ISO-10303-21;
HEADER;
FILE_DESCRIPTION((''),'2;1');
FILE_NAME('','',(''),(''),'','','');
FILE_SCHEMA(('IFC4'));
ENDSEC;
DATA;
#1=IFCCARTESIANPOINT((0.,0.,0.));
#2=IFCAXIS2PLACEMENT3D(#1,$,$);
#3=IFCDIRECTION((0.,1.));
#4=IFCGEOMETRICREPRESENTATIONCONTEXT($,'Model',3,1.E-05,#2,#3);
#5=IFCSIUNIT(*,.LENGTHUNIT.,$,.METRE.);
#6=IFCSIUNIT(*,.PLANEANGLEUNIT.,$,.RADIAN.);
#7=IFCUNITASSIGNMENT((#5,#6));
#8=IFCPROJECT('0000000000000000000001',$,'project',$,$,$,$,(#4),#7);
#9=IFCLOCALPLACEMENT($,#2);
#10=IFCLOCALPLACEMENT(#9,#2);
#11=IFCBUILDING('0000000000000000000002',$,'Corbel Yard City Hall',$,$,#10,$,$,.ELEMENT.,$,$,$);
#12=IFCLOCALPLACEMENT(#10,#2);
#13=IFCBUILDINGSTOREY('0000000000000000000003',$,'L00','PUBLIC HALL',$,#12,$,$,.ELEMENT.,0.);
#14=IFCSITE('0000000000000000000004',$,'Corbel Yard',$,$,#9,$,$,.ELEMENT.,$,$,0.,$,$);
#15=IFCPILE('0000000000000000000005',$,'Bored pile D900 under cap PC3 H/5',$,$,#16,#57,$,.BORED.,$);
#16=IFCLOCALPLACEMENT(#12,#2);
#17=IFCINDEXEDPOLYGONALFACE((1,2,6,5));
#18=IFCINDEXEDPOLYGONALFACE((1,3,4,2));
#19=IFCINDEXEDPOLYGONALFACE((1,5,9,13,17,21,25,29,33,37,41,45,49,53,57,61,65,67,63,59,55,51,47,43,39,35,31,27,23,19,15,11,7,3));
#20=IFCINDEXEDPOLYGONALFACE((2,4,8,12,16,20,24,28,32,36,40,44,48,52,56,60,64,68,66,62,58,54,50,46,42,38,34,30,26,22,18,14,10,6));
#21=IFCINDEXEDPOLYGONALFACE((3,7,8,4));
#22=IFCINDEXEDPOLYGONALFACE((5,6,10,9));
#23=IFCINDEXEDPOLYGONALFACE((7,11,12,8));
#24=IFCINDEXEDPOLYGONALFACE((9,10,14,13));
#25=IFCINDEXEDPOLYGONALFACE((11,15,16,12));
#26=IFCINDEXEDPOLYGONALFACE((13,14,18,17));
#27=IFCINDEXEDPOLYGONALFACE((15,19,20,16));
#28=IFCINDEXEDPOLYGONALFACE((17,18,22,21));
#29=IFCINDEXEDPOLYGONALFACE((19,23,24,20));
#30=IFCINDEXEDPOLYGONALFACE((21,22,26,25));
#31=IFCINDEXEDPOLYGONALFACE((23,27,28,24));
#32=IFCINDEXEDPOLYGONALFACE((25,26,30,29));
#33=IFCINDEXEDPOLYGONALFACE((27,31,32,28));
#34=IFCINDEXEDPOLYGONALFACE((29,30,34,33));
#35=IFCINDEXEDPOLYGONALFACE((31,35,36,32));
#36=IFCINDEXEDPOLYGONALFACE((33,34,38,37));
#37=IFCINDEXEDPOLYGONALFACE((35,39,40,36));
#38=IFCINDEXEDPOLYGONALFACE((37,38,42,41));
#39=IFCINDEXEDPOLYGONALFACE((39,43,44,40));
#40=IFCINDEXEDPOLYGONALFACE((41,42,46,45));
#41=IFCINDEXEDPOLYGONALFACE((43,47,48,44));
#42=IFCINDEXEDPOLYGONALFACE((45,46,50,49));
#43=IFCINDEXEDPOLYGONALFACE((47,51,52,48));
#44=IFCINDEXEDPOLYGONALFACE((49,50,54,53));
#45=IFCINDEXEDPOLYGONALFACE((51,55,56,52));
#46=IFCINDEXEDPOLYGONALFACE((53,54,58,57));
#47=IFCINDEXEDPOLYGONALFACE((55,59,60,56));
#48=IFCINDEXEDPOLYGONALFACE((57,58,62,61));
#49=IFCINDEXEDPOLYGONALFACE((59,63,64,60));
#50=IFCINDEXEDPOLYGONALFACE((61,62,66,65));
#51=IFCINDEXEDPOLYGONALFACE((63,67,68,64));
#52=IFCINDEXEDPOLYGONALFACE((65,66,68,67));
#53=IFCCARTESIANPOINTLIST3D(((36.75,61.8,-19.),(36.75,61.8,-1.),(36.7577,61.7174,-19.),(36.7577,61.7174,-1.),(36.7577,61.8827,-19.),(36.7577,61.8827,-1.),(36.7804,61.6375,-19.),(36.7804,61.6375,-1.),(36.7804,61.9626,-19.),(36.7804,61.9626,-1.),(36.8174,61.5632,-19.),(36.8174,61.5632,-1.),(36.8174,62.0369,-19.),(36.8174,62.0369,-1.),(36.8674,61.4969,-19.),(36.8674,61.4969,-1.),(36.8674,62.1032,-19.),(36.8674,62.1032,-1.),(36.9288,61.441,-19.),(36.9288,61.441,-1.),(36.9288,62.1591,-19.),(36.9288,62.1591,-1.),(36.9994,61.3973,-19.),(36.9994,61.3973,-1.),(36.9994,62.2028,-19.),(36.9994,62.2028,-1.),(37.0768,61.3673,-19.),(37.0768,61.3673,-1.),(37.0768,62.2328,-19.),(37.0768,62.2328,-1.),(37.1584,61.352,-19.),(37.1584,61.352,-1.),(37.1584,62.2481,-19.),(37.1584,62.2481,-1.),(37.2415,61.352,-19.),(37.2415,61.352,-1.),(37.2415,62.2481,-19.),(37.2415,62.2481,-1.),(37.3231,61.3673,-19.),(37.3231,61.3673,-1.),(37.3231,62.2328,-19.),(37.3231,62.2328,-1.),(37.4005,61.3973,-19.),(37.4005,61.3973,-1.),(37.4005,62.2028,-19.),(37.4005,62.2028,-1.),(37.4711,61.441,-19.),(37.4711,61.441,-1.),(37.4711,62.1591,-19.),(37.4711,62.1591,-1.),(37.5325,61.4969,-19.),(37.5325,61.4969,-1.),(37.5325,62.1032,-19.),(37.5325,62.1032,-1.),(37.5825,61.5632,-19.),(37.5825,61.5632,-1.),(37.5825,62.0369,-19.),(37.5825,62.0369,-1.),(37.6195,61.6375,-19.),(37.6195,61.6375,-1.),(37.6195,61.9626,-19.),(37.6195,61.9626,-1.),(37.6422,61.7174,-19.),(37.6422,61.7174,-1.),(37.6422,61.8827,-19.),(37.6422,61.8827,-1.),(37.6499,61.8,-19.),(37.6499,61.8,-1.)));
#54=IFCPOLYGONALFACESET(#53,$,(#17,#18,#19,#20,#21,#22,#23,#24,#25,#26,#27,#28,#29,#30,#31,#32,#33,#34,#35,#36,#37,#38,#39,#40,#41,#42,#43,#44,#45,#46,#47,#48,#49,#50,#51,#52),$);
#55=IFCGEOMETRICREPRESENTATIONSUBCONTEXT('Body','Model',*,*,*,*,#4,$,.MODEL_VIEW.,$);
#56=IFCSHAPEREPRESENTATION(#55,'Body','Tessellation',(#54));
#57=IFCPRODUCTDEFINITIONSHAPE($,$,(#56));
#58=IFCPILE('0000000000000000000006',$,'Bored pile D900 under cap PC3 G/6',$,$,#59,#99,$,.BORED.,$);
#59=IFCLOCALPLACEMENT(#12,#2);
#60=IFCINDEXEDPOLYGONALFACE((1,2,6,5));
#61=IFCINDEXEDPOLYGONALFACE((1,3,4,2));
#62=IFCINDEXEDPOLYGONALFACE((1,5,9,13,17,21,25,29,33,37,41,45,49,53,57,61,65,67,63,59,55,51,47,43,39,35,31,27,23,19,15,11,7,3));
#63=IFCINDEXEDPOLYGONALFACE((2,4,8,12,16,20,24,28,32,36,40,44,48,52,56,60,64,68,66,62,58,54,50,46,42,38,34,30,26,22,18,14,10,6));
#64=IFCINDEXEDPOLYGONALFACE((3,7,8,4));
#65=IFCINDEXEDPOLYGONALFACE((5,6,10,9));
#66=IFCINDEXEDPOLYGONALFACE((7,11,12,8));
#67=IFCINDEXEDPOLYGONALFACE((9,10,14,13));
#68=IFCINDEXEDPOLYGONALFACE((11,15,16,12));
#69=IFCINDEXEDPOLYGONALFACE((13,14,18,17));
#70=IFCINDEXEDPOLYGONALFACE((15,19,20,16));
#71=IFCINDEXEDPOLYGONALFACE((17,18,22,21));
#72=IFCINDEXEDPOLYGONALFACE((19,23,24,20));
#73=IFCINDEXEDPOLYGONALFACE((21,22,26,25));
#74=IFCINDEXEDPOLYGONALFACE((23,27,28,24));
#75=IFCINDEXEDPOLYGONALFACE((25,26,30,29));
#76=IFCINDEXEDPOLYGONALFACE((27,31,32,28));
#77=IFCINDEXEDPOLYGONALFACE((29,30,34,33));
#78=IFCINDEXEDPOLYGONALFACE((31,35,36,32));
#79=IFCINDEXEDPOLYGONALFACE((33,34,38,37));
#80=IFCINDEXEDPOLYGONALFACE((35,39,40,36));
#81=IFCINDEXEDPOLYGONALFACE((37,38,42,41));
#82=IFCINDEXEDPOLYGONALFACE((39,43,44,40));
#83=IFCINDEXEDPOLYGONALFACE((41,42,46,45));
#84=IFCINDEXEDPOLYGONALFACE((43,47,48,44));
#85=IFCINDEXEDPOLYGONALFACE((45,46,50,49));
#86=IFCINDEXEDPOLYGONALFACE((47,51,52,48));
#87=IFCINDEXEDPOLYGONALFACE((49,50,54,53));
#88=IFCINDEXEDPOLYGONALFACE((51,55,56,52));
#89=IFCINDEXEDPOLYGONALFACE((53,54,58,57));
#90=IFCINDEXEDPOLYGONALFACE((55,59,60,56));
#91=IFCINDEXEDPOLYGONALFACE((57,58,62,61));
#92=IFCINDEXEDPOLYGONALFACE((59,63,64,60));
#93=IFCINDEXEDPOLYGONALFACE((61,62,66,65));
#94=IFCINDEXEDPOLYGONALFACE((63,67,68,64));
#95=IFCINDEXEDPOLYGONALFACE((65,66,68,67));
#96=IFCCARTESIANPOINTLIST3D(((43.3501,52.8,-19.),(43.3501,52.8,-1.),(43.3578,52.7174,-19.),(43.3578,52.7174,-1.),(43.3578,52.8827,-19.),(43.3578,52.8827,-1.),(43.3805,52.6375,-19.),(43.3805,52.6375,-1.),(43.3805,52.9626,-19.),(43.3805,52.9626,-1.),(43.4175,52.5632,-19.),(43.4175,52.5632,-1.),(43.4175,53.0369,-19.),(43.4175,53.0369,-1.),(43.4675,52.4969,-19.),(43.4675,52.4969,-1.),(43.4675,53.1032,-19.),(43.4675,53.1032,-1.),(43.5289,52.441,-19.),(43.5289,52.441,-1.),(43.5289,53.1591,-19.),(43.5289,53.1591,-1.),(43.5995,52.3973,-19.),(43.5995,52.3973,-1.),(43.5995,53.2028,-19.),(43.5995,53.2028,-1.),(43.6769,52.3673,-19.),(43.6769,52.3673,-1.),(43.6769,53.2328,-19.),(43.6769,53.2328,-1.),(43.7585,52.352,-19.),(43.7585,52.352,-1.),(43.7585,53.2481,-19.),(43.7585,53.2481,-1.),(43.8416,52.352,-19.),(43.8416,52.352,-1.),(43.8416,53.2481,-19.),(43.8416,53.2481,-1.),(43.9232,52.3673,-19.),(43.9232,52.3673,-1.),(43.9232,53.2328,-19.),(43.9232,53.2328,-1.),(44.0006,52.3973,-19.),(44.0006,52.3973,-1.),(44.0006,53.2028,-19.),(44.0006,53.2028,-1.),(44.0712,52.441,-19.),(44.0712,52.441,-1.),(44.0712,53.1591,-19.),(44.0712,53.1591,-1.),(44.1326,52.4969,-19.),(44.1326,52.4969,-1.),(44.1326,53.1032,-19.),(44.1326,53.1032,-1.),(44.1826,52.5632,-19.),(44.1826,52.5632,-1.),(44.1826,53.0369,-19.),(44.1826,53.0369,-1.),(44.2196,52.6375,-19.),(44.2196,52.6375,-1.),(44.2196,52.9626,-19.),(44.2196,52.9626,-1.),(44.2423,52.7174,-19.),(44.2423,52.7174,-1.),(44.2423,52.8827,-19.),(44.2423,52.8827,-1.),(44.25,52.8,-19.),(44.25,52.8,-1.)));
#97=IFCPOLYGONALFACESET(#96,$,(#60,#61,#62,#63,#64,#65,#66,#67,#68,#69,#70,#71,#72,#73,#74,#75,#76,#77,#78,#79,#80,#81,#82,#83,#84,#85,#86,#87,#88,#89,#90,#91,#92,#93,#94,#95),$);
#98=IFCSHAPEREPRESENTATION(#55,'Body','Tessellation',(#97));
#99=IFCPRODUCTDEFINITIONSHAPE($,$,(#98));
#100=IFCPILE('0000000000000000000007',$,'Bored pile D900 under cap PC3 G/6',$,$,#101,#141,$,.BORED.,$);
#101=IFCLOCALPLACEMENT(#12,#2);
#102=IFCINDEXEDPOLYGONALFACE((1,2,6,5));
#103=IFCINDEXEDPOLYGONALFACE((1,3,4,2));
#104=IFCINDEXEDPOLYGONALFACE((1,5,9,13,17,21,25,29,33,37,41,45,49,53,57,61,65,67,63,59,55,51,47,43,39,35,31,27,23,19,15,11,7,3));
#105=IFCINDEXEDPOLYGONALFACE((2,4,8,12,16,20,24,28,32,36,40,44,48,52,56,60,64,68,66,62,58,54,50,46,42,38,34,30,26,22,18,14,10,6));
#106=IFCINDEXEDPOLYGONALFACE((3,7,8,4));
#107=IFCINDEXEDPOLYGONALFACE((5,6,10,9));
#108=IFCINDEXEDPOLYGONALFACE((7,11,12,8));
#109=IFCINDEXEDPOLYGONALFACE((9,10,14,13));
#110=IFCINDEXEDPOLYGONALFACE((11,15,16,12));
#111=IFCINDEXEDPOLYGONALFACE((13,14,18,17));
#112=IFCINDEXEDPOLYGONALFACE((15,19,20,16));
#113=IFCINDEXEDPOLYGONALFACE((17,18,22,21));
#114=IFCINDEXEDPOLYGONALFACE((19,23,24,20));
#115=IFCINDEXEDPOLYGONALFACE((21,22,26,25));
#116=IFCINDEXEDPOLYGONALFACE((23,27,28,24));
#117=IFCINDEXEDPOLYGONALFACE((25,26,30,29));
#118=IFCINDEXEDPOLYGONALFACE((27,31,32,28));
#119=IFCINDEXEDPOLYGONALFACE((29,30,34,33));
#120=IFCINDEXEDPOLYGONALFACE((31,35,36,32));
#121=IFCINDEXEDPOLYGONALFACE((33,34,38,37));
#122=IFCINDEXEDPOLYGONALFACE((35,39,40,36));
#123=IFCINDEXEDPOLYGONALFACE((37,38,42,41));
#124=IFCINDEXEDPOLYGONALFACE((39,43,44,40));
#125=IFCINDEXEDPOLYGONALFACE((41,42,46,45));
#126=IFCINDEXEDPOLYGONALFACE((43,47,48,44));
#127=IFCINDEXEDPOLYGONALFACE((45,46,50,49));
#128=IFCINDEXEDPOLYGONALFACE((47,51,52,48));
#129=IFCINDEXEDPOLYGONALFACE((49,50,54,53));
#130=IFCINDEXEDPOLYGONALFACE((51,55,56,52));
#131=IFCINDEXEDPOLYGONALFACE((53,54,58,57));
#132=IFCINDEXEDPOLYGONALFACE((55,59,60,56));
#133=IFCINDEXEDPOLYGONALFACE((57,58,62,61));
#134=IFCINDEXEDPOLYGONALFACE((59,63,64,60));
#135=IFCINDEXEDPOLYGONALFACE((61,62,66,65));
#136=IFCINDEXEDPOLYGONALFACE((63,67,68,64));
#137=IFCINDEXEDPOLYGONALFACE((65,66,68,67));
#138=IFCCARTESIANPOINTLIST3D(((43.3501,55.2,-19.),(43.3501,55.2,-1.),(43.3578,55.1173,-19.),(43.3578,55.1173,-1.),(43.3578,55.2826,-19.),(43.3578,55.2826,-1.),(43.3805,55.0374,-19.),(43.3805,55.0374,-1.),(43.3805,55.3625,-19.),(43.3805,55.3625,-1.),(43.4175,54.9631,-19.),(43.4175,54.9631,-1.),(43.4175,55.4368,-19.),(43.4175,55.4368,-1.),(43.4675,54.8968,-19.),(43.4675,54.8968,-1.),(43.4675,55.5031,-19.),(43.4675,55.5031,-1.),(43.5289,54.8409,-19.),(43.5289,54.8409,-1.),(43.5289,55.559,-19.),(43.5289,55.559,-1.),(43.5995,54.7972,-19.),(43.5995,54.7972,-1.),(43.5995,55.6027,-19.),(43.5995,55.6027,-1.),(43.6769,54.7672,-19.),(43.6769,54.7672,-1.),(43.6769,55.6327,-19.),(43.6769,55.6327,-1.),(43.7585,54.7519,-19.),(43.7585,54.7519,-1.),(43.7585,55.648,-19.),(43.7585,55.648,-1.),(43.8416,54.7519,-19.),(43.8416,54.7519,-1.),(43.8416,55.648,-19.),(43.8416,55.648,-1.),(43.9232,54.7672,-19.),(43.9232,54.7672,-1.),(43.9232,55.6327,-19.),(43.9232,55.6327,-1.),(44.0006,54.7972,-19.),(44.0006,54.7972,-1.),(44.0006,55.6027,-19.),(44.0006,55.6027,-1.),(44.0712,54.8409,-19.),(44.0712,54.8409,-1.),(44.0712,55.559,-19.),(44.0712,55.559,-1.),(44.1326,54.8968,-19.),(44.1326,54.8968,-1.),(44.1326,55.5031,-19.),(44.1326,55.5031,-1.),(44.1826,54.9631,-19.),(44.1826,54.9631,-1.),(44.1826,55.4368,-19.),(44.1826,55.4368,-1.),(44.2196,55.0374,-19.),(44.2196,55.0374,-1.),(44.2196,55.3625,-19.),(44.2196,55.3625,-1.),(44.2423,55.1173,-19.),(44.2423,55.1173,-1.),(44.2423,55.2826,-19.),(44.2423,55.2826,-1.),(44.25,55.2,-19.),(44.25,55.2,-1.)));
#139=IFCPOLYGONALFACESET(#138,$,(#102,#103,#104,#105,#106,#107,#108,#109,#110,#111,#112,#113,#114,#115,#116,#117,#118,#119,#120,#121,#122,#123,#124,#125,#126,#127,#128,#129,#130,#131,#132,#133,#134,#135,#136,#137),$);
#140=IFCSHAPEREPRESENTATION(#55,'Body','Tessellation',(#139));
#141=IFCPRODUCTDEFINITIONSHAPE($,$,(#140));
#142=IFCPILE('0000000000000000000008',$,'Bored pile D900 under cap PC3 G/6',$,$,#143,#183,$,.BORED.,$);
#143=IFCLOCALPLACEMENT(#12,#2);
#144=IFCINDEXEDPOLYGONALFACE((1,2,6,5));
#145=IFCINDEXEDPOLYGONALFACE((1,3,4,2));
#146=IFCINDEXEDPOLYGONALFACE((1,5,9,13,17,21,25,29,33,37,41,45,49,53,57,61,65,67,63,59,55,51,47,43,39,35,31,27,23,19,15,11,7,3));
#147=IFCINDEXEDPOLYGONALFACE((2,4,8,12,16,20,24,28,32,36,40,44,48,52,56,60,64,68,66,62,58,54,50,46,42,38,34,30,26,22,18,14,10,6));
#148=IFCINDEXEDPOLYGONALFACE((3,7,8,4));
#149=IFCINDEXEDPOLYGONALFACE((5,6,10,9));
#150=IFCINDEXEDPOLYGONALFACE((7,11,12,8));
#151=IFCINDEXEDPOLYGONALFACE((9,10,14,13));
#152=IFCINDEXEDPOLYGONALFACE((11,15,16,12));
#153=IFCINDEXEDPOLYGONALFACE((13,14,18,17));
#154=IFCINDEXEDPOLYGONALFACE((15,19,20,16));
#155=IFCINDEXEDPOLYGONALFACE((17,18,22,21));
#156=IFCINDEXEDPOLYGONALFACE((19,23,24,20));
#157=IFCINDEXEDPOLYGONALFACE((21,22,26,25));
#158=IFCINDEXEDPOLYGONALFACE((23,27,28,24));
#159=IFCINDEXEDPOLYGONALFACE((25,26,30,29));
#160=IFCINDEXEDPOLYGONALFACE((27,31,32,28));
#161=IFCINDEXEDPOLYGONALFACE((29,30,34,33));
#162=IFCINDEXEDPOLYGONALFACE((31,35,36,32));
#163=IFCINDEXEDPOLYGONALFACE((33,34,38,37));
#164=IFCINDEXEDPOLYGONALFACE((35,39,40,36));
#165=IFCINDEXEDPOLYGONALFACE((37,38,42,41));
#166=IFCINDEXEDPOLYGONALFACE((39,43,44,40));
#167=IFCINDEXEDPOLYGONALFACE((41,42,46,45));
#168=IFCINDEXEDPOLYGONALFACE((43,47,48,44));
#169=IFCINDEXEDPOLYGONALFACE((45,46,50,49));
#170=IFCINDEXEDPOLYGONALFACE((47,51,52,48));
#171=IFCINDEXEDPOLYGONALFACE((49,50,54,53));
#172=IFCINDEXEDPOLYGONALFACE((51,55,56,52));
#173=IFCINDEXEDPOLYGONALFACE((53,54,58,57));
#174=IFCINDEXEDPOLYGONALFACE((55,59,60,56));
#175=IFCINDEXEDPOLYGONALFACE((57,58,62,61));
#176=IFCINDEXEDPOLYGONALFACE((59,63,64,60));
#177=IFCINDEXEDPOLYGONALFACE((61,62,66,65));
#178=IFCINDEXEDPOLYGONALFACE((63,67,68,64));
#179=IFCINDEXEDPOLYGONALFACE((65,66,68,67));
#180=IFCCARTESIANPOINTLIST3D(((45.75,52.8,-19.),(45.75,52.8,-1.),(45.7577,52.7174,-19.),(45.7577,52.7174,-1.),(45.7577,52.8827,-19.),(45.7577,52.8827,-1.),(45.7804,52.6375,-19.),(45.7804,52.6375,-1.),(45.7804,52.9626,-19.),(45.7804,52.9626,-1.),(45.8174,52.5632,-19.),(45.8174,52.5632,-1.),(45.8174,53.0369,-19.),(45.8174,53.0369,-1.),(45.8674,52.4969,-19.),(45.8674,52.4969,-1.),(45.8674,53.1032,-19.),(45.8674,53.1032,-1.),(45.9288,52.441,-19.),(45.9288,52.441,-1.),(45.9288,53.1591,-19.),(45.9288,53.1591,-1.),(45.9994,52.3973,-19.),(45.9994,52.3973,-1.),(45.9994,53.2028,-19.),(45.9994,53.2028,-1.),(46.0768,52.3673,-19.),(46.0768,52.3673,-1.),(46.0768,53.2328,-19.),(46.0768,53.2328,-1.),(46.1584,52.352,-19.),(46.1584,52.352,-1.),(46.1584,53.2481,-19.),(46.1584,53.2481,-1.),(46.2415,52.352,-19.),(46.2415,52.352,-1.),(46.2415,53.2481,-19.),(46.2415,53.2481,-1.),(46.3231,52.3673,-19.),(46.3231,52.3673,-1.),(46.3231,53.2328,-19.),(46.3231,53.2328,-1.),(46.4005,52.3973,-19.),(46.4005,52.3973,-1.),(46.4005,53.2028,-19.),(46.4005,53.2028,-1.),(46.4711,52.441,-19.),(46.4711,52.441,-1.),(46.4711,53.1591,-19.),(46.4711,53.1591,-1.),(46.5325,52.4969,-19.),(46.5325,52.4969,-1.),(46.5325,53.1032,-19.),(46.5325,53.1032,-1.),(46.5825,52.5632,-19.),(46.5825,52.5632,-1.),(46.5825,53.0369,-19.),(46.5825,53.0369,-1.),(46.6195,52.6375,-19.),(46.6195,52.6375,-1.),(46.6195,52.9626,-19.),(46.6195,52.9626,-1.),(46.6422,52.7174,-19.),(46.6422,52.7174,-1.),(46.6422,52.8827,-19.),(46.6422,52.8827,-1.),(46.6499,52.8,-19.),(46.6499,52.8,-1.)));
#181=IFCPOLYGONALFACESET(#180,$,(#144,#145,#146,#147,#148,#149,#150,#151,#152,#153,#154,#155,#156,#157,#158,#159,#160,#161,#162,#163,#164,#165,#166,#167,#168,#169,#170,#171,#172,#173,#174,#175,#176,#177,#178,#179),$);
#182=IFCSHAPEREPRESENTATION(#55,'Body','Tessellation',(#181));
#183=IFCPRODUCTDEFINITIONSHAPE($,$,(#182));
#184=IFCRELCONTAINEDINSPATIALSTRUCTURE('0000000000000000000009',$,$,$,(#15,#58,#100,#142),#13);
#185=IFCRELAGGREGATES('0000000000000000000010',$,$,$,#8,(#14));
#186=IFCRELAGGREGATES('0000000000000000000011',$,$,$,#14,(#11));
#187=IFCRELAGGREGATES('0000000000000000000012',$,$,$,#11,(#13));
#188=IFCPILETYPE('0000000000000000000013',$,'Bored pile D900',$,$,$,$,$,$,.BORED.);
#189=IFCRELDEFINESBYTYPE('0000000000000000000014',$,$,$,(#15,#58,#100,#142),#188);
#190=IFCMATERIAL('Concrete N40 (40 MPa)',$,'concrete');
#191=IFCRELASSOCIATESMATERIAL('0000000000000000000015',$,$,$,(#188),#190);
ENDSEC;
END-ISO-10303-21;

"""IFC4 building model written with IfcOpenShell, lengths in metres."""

from ifc_helpers import new_model, si_unit, direction, frame, origin, origin_2d, place, context, subcontext, project, spatial, circle, extrude, material, material_profile, profile_set, type_object, element, save


model = new_model("IFC4")

# Units and contexts
model_context = context("Model", 3, precision=1e-05, world=origin(), true_north=direction((0.0, 1.0)))
body_context = subcontext(model_context, "Body", "Model", "MODEL_VIEW")
ifc_project = project(units=[si_unit("LENGTHUNIT", "METRE"), si_unit("PLANEANGLEUNIT", "RADIAN")], contexts=[model_context])

# Site, building, storey
site_placement = place(None, origin())
site = spatial("IfcSite", under=ifc_project, at=site_placement, Name="Corbel Yard", CompositionType="ELEMENT", RefElevation=0.0)
building_placement = place(site_placement, origin())
building = spatial("IfcBuilding", under=site, at=building_placement, Name="Corbel Yard City Hall", CompositionType="ELEMENT")
storey_placement = place(building_placement, origin())
storey = spatial("IfcBuildingStorey", under=building, at=storey_placement, Name="L00", Description="PUBLIC HALL", CompositionType="ELEMENT", Elevation=0.0)

# Piles
ifc_material_1 = material(Name="Concrete N40 (40 MPa)", Category="concrete")
ifc_material_profile_1 = material_profile(ifc_material_1, circle(Radius=0.45, at=origin_2d()), Name="D900")
ifc_profile_set_1 = profile_set([ifc_material_profile_1], Name="Concrete N40 (40 MPa)")
pile_type_1 = type_object("IfcPileType", Name="Bored pile D900", PredefinedType="BORED", material=ifc_profile_set_1)
for number, where, z_axis, x_axis, name in (
    (1, (37.2, 61.8, -1.0), (0.0, 0.0, -1.0), (1.0, 0.0, 0.0), "Bored pile D900 under cap PC3 H/5"),
    (2, (43.8, 52.8, -1.0), (0.0, 0.0, -1.0), (1.0, 0.0, 0.0), "Bored pile D900 under cap PC3 G/6"),
    (3, (43.8, 55.2, -1.0), (0.0, 0.0, -1.0), (1.0, 0.0, 0.0), "Bored pile D900 under cap PC3 G/6"),
    (4, (46.2, 52.8, -1.0), (0.0, 0.0, -1.0), (1.0, 0.0, 0.0), "Bored pile D900 under cap PC3 G/6"),
):
    element("IfcPile", number, at=place(storey_placement, frame(where, z_axis=z_axis, x_axis=x_axis)), inside=storey, type_object=pile_type_1, Name=name, PredefinedType="BORED", context=body_context, shape_type="SweptSolid", body=[
        extrude(circle(Radius=0.45, at=origin_2d()), origin(), (0.0, 0.0, 1.0), 18.0),
    ])

save(model, "model.ifc")
